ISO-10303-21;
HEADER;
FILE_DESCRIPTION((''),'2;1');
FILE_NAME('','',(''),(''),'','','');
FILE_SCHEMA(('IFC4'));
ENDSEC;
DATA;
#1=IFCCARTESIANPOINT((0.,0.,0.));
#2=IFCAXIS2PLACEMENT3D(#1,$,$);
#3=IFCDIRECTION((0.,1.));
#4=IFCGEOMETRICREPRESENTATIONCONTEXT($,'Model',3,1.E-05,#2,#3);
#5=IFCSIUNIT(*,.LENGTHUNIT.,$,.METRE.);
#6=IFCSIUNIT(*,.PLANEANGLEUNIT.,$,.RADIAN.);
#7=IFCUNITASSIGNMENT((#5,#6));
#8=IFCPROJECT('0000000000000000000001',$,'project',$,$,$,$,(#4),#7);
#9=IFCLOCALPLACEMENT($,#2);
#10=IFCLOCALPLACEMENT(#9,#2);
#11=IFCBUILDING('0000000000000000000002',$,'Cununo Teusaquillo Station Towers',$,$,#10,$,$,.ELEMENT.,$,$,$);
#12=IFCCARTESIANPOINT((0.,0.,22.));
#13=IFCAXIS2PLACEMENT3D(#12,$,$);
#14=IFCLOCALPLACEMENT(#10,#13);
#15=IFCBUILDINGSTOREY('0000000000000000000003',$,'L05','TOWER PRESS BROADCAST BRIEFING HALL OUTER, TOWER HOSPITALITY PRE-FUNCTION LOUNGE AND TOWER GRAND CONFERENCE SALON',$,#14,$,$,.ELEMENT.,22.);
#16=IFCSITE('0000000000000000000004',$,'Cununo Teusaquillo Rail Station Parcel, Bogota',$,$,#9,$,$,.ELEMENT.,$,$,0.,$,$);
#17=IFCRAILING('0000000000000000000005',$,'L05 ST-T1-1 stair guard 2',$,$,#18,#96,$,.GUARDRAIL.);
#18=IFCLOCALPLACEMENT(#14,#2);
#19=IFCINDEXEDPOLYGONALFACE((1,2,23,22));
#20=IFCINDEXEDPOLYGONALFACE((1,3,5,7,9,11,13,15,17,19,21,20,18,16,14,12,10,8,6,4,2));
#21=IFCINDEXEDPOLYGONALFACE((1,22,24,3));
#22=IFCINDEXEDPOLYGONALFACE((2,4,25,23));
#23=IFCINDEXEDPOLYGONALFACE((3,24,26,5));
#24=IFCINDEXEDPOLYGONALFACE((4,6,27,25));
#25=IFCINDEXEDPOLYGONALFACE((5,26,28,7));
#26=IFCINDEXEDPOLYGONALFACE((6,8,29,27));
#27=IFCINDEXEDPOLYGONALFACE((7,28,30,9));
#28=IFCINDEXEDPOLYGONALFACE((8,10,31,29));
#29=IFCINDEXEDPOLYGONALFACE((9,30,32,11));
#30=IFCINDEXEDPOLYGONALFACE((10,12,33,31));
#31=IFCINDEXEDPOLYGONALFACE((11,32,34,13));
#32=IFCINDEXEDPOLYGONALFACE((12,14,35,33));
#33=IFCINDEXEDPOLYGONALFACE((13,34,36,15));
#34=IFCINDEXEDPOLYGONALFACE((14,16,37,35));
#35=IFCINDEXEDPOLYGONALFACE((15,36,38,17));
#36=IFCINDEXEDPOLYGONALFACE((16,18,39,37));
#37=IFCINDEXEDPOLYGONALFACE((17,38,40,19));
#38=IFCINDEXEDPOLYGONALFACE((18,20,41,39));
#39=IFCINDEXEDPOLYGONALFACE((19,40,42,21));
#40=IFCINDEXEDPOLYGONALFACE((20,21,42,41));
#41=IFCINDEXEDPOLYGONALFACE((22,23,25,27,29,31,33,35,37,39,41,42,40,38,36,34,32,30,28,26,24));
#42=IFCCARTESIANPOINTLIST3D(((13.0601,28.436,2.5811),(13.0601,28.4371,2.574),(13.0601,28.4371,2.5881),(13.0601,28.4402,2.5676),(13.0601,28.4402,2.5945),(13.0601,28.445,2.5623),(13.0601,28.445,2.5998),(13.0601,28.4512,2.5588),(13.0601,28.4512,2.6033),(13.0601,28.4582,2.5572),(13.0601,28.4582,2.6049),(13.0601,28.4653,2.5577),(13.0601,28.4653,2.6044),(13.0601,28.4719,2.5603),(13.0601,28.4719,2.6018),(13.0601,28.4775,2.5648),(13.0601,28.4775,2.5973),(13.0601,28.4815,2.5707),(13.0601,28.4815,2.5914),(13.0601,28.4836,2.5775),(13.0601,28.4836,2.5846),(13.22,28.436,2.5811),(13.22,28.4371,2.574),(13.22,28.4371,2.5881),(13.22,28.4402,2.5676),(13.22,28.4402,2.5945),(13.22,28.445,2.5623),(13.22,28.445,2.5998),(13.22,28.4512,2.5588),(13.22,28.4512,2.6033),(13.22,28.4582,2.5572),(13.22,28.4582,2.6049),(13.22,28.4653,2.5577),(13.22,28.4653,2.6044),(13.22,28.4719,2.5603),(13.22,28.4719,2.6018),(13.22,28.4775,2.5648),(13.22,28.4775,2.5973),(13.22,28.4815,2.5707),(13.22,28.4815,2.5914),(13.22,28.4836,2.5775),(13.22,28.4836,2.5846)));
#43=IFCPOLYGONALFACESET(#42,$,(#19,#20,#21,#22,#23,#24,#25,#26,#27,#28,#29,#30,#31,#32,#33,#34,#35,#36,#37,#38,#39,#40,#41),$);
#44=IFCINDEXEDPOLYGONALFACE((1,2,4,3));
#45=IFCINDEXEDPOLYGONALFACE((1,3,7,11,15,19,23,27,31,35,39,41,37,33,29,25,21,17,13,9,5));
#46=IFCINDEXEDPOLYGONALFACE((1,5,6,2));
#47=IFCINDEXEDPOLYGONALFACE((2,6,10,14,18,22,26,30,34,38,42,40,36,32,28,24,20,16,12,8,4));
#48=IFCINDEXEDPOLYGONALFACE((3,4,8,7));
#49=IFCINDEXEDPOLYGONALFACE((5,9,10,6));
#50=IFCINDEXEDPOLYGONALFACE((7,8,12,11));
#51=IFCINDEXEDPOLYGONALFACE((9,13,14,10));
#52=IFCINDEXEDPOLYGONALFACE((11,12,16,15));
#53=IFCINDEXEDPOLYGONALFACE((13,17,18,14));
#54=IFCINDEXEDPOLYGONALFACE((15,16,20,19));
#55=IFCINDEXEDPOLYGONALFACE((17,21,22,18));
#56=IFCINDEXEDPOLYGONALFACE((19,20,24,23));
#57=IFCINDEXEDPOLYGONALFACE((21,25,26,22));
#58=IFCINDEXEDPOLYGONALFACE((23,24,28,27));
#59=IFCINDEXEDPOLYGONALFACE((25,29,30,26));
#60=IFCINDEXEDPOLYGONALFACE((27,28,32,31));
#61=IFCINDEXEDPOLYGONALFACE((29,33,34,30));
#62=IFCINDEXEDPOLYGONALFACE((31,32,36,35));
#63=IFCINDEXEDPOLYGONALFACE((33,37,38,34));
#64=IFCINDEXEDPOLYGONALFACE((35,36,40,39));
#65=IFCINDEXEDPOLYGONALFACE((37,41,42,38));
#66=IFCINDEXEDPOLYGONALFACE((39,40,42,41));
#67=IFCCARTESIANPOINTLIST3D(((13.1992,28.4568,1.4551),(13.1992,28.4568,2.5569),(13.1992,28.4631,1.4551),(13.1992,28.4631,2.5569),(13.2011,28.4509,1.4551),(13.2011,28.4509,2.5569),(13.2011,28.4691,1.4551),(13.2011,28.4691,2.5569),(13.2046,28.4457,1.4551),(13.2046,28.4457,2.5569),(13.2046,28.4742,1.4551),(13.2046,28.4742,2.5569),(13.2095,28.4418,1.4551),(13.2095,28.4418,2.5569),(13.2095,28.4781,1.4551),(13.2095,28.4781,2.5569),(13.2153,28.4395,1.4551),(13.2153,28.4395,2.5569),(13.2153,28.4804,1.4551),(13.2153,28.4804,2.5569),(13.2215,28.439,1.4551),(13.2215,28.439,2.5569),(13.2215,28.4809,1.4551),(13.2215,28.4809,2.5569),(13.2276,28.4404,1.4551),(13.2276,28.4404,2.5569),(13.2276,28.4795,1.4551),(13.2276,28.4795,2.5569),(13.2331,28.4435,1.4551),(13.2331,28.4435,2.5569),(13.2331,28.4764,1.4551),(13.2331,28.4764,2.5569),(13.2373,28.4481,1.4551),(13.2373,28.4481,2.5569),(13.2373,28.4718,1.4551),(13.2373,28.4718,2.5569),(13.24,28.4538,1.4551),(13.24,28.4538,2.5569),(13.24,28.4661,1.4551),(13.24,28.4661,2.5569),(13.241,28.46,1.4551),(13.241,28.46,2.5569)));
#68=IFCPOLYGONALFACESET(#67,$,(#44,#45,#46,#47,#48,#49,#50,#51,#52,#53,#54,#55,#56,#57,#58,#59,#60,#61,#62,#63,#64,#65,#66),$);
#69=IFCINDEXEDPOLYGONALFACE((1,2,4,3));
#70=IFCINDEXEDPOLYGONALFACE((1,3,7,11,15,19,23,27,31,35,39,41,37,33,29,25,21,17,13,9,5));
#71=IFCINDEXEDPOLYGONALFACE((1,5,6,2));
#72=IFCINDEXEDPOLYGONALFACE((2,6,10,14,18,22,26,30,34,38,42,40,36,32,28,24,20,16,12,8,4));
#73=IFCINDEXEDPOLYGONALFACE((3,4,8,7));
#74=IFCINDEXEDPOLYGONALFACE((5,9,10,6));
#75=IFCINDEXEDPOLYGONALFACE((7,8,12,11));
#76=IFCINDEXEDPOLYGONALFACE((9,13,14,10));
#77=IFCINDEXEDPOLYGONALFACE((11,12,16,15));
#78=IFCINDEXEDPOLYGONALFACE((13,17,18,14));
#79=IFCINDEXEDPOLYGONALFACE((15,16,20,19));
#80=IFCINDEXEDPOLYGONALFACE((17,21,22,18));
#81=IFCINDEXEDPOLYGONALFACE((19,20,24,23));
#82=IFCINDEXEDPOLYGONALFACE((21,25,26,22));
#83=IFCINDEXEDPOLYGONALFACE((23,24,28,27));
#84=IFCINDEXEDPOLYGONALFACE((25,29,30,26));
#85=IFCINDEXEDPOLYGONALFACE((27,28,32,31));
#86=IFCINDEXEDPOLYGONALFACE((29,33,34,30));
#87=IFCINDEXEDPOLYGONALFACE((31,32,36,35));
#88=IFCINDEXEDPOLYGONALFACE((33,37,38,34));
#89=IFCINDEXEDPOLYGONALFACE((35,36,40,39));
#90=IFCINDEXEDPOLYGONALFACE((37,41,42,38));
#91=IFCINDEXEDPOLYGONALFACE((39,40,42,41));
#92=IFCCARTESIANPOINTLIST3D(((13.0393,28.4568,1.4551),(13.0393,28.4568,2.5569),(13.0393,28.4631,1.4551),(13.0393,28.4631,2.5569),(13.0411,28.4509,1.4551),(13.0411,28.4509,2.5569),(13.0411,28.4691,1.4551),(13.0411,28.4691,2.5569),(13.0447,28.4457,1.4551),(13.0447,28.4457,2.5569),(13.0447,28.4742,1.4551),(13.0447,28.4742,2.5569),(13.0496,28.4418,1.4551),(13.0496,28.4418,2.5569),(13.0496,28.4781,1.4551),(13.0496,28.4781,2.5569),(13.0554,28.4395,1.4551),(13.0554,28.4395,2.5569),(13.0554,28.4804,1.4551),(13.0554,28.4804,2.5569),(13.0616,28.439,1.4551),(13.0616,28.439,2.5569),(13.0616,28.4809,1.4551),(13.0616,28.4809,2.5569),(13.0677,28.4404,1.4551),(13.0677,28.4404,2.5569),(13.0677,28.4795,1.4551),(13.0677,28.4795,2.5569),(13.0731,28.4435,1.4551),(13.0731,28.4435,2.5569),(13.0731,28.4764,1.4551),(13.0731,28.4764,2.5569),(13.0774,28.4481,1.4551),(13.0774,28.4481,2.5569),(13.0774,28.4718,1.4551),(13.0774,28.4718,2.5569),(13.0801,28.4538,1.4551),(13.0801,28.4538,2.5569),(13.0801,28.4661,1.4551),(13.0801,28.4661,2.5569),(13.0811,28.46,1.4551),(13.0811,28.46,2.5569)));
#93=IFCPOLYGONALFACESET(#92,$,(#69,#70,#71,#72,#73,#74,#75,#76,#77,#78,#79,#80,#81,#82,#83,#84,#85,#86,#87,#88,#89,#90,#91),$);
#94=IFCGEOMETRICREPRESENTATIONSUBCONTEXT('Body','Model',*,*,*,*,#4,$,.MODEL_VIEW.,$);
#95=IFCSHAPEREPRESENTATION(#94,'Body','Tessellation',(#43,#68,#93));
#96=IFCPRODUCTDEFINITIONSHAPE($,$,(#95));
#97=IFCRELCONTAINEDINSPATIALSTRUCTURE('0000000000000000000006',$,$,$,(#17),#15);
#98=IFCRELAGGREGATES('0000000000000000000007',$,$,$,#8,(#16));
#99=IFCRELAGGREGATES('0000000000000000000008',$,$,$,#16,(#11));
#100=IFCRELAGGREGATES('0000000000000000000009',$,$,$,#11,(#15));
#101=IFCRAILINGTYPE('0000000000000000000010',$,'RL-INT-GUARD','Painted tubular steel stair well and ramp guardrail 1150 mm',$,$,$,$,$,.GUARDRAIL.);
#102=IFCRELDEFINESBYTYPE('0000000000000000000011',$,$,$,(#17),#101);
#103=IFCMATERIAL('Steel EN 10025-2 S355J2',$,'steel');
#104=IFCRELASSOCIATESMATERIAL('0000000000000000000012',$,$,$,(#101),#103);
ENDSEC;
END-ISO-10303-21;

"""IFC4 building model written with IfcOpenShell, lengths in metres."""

from ifc_helpers import new_model, si_unit, direction, frame, origin, origin_2d, place, context, subcontext, project, spatial, circle, extrude, material, type_object, element, save


model = new_model("IFC4")

# Units and contexts
model_context = context("Model", 3, precision=1e-05, world=origin(), true_north=direction((0.0, 1.0)))
body_context = subcontext(model_context, "Body", "Model", "MODEL_VIEW")
ifc_project = project(units=[si_unit("LENGTHUNIT", "METRE"), si_unit("PLANEANGLEUNIT", "RADIAN")], contexts=[model_context])

# Site, building, storey
site_placement = place(None, origin())
site = spatial("IfcSite", under=ifc_project, at=site_placement, Name="Cununo Teusaquillo Rail Station Parcel, Bogota", CompositionType="ELEMENT", RefElevation=0.0)
building_placement = place(site_placement, origin())
building = spatial("IfcBuilding", under=site, at=building_placement, Name="Cununo Teusaquillo Station Towers", CompositionType="ELEMENT")
storey_placement = place(building_placement, frame((0.0, 0.0, 22.0)))
storey = spatial("IfcBuildingStorey", under=building, at=storey_placement, Name="L05", Description="TOWER PRESS BROADCAST BRIEFING HALL OUTER, TOWER HOSPITALITY PRE-FUNCTION LOUNGE AND TOWER GRAND CONFERENCE SALON", CompositionType="ELEMENT", Elevation=22.0)

# Railing
ifc_material_1 = material(Name="Steel EN 10025-2 S355J2", Category="steel")
railing_type_1 = type_object("IfcRailingType", Name="RL-INT-GUARD", Description="Painted tubular steel stair well and ramp guardrail 1150 mm", PredefinedType="GUARDRAIL", material=ifc_material_1)
railing_1_placement = place(storey_placement, frame((13.22, 28.46, 1.4551)))
element("IfcRailing", 1, at=railing_1_placement, inside=storey, type_object=railing_type_1, Name="L05 ST-T1-1 stair guard 2", PredefinedType="GUARDRAIL", context=body_context, shape_type="SweptSolid", body=[
    extrude(circle(Radius=0.0239, at=origin_2d()), frame((0.0, 0.0, 1.126), z_axis=(-1.0, 0.0, 0.0), x_axis=(0.0, -1.0, 0.0)), (0.0, 0.0, 1.0), 0.1599),
    extrude(circle(Radius=0.021, at=origin_2d()), origin(), (0.0, 0.0, 1.0), 1.1018),
    extrude(circle(Radius=0.021, at=origin_2d()), frame((-0.1599, 0.0, 0.0)), (0.0, 0.0, 1.0), 1.1018),
])

save(model, "model.ifc")
